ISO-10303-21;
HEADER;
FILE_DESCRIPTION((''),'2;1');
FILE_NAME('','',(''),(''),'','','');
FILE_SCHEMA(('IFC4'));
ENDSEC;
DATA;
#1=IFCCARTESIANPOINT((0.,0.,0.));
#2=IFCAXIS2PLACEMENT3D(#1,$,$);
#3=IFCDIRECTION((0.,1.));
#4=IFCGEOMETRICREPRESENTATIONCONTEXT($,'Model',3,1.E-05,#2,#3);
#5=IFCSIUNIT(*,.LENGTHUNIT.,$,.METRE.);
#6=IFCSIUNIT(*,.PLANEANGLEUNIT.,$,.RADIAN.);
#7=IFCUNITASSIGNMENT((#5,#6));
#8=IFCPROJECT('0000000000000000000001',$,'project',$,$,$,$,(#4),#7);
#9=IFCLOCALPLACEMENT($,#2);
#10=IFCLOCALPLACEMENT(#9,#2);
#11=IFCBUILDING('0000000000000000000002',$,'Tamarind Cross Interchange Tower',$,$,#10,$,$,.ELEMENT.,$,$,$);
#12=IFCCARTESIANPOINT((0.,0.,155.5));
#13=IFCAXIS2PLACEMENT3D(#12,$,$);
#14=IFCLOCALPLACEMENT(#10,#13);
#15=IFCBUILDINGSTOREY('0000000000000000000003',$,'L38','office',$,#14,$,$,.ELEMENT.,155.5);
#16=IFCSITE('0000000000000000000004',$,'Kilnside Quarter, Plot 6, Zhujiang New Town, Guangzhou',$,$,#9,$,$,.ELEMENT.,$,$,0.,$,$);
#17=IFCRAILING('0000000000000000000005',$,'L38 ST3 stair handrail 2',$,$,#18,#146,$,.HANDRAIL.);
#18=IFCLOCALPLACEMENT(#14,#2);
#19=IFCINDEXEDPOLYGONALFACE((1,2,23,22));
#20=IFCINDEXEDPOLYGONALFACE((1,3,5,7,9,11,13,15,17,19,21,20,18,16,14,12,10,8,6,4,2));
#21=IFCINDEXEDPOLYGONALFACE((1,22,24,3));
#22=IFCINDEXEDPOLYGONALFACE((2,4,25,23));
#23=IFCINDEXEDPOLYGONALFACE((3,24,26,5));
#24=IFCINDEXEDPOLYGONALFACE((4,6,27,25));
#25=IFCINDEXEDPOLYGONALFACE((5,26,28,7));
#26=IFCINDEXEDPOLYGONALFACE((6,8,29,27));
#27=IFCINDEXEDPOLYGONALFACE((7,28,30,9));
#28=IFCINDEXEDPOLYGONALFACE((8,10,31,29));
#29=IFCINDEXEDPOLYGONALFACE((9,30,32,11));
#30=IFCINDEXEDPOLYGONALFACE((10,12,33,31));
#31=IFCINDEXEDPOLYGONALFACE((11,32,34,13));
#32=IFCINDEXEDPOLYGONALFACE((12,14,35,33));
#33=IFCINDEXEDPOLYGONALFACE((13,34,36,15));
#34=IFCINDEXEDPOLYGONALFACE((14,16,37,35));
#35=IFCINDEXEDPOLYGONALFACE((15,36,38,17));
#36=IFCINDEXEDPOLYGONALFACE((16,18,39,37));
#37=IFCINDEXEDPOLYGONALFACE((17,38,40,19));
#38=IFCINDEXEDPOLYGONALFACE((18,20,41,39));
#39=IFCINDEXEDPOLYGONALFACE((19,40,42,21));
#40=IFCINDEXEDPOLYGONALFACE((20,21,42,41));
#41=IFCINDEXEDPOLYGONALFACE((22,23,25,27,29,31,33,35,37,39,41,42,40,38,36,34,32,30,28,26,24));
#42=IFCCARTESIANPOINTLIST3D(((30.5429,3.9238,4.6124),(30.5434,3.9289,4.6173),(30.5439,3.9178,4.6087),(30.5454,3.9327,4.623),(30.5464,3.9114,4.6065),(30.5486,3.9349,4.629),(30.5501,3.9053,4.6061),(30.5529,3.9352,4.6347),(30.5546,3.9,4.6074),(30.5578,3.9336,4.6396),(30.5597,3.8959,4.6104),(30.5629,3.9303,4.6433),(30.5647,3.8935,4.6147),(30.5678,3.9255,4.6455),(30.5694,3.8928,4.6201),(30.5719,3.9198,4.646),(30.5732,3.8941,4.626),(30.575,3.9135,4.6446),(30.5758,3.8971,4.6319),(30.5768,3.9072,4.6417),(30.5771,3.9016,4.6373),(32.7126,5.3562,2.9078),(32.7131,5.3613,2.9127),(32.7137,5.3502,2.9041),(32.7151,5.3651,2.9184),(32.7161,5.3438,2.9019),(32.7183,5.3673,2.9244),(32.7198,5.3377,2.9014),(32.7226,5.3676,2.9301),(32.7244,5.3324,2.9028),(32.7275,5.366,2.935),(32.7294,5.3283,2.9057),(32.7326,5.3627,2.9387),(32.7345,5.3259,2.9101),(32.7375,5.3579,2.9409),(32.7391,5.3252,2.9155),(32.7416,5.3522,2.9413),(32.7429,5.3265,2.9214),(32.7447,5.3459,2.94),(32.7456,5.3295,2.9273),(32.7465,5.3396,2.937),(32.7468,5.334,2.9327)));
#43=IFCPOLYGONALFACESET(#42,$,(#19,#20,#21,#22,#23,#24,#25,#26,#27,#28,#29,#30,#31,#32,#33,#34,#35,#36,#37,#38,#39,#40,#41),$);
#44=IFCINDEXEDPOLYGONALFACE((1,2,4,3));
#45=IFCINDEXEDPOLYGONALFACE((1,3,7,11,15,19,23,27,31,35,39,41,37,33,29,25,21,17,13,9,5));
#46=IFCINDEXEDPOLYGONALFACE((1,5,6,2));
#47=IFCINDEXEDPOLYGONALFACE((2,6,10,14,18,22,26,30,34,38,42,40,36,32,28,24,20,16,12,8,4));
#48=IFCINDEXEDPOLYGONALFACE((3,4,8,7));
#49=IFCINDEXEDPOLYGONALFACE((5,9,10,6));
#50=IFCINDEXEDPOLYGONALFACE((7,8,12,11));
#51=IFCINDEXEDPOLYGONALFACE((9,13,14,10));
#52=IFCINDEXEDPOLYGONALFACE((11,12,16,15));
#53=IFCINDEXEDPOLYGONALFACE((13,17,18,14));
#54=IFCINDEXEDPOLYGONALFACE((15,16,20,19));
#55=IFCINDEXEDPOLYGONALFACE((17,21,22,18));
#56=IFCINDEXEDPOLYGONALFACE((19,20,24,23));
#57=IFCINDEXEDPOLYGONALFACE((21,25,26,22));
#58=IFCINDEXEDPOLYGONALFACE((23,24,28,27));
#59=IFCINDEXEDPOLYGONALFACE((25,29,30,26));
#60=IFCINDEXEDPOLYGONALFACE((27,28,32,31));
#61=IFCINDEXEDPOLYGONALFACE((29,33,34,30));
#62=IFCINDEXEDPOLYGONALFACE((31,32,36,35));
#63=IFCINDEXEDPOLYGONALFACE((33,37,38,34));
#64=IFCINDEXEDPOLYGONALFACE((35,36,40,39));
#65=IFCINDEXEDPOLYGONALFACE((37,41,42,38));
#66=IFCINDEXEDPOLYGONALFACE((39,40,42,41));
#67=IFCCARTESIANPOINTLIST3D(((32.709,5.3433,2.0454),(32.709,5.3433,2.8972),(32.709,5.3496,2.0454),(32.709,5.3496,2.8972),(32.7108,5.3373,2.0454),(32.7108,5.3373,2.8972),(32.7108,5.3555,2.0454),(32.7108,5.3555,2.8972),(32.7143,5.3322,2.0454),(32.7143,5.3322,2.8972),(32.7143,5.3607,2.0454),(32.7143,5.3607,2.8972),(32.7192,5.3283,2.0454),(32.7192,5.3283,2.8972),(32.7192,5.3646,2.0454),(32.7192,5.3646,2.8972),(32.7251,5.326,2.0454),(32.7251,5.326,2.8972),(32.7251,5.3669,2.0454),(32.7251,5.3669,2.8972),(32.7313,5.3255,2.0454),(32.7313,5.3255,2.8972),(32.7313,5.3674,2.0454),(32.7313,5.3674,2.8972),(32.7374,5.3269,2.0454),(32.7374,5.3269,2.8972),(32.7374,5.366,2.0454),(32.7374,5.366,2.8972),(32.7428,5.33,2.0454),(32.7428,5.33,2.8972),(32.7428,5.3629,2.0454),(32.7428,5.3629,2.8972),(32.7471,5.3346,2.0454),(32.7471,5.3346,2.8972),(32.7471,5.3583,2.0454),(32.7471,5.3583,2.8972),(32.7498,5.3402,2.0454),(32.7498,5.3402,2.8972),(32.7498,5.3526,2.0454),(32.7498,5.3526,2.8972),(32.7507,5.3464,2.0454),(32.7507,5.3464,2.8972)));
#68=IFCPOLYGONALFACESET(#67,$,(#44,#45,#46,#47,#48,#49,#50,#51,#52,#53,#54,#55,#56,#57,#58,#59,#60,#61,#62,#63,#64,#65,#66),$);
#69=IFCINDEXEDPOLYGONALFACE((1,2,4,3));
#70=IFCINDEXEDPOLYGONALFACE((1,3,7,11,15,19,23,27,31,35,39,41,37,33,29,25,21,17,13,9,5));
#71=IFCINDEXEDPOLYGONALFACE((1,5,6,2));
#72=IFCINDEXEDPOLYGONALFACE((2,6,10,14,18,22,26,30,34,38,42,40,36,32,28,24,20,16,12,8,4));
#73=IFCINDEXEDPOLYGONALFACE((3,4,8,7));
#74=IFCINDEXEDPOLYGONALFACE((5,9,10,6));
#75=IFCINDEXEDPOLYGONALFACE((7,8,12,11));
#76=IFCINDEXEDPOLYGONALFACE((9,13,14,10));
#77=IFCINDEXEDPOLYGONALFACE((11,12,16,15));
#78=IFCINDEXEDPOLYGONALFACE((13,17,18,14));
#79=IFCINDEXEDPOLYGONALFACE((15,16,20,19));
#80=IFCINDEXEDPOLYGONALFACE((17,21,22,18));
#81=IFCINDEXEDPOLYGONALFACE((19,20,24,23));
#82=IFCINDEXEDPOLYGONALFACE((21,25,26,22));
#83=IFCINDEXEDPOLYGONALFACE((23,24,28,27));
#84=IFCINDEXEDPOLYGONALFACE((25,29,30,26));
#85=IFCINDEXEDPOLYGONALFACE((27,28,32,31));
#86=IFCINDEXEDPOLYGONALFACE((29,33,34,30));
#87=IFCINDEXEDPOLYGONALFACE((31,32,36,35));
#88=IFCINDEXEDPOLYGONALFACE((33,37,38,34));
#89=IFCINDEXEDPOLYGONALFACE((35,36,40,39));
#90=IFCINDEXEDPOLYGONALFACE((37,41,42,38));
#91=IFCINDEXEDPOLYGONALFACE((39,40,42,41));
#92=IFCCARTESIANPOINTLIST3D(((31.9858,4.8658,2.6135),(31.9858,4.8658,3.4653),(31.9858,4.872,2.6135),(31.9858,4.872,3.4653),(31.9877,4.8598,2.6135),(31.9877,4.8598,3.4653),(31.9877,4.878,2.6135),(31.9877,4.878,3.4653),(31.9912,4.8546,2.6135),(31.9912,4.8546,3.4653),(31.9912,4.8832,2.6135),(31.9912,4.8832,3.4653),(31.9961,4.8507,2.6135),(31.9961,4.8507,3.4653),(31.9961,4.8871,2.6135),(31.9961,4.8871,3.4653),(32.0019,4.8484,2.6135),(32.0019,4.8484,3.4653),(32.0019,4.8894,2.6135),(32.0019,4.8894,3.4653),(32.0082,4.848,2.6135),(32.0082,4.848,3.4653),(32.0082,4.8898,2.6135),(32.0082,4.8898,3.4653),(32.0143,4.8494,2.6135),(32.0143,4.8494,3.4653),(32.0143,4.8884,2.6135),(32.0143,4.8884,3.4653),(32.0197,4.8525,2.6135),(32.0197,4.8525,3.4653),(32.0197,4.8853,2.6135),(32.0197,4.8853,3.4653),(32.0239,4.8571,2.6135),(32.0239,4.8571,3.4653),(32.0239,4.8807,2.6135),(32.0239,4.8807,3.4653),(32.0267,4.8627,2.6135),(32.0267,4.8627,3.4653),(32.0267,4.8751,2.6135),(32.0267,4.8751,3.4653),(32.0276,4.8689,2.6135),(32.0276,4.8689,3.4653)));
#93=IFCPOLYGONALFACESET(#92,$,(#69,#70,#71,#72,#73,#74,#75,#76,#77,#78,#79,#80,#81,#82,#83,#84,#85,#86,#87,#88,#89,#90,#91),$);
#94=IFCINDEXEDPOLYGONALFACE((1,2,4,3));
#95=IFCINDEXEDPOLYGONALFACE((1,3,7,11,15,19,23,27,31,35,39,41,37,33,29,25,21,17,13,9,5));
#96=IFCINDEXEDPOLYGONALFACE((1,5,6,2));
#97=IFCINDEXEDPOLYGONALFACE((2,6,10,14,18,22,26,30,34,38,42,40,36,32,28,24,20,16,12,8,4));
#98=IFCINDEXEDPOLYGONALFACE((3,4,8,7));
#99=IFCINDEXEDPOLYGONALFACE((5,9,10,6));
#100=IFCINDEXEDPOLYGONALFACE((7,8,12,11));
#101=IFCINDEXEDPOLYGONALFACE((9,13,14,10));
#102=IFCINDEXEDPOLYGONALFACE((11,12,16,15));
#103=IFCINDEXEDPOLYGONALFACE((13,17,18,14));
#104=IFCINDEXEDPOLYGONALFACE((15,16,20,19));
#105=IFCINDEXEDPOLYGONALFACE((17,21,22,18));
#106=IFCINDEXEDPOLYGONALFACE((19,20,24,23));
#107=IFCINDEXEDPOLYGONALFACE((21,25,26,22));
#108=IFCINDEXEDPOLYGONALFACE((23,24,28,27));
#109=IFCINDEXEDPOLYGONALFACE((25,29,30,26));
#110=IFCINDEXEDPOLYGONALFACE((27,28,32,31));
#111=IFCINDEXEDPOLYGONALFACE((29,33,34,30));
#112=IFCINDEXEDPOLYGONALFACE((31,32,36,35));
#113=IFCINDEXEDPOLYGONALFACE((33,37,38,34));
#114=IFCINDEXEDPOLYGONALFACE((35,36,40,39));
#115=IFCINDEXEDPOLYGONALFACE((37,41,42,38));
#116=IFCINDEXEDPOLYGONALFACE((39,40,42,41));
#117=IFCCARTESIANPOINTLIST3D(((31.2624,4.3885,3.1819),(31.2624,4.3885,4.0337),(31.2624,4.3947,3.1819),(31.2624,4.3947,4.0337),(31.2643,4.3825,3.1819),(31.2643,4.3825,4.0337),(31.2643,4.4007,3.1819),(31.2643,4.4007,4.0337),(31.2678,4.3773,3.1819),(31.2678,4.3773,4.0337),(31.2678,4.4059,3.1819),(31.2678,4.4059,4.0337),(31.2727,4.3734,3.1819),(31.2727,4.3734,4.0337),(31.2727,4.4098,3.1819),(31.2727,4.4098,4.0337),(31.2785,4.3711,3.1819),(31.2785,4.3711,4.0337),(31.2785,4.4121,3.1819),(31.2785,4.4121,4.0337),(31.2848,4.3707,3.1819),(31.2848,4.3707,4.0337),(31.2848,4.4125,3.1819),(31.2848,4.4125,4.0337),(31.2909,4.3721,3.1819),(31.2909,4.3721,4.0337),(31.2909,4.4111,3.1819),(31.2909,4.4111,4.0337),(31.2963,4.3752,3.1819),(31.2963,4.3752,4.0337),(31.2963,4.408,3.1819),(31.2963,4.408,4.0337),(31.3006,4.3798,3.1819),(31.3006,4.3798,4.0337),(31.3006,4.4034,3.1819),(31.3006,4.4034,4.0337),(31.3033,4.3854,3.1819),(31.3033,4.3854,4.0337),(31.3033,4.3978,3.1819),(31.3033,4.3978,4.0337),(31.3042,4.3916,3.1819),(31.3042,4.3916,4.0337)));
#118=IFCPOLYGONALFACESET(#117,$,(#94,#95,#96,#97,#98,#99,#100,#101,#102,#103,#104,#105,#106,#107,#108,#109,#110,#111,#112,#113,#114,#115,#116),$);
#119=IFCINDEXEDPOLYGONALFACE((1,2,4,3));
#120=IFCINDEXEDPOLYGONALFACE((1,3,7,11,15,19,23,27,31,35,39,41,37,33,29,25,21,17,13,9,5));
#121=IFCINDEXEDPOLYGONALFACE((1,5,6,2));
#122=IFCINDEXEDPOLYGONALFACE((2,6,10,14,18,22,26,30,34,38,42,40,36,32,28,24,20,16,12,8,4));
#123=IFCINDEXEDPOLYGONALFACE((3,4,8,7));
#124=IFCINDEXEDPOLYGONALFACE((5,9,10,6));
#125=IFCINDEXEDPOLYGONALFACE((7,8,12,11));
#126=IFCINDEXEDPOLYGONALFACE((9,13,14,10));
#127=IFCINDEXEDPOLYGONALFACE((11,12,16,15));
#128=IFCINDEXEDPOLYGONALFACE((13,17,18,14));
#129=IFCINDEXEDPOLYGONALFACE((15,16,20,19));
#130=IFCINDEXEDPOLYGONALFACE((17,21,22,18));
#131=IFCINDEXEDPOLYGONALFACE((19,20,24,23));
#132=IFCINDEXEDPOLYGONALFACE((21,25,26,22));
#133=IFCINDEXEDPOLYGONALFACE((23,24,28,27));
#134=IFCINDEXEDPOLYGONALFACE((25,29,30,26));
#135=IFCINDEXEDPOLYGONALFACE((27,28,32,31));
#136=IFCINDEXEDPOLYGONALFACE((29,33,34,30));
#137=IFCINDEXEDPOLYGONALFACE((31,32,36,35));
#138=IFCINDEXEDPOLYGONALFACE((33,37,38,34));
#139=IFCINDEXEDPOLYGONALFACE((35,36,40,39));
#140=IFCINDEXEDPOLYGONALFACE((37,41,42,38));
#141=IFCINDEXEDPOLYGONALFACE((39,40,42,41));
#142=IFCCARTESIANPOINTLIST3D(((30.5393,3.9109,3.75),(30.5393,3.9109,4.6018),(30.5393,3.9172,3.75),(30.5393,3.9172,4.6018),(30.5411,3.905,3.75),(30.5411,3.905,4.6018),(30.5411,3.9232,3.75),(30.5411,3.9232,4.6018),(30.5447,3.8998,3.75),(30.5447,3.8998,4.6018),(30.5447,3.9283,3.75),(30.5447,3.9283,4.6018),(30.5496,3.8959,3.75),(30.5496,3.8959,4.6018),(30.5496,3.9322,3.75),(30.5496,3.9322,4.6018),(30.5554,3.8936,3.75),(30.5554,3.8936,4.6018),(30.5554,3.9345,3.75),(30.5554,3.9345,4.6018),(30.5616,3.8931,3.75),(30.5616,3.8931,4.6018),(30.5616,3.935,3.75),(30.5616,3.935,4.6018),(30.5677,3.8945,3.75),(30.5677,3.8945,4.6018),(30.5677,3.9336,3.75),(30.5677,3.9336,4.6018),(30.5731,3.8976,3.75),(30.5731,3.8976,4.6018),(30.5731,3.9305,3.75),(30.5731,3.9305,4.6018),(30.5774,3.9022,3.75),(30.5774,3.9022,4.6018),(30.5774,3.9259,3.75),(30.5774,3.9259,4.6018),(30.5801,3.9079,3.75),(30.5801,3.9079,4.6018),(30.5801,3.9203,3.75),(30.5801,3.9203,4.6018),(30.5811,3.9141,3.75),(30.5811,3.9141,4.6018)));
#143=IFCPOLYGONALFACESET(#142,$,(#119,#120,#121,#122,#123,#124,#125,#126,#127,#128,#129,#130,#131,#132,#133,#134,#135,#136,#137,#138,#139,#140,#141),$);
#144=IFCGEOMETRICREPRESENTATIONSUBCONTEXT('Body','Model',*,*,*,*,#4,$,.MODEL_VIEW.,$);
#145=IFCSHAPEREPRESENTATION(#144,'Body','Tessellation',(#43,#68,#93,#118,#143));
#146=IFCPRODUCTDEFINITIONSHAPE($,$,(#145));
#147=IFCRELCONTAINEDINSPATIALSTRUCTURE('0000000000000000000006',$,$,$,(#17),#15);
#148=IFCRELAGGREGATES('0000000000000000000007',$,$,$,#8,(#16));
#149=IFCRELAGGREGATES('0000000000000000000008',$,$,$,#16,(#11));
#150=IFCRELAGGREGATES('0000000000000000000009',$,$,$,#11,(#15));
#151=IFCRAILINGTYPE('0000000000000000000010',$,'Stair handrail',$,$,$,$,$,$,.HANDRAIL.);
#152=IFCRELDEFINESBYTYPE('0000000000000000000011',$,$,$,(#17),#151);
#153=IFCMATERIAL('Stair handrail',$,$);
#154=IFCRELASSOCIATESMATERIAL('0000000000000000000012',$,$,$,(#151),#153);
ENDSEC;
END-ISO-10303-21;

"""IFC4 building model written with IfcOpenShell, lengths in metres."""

from ifc_helpers import new_model, si_unit, direction, frame, origin, origin_2d, place, context, subcontext, project, spatial, circle, extrude, material, type_object, element, save


model = new_model("IFC4")

# Units and contexts
model_context = context("Model", 3, precision=1e-05, world=origin(), true_north=direction((0.0, 1.0)))
body_context = subcontext(model_context, "Body", "Model", "MODEL_VIEW")
ifc_project = project(units=[si_unit("LENGTHUNIT", "METRE"), si_unit("PLANEANGLEUNIT", "RADIAN")], contexts=[model_context])

# Site, building, storey
site_placement = place(None, origin())
site = spatial("IfcSite", under=ifc_project, at=site_placement, Name="Kilnside Quarter, Plot 6, Zhujiang New Town, Guangzhou", CompositionType="ELEMENT", RefElevation=0.0)
building_placement = place(site_placement, origin())
building = spatial("IfcBuilding", under=site, at=building_placement, Name="Tamarind Cross Interchange Tower", CompositionType="ELEMENT")
storey_placement = place(building_placement, frame((0.0, 0.0, 155.5)))
storey = spatial("IfcBuildingStorey", under=building, at=storey_placement, Name="L38", Description="office", CompositionType="ELEMENT", Elevation=155.5)

# Railing
ifc_material_1 = material(Name="Stair handrail")
railing_type_1 = type_object("IfcRailingType", Name="Stair handrail", PredefinedType="HANDRAIL", material=ifc_material_1)
railing_1_placement = place(storey_placement, frame((32.7297, 5.3464, 2.0454)))
element("IfcRailing", 1, at=railing_1_placement, inside=storey, type_object=railing_type_1, Name="L38 ST3 stair handrail 2", PredefinedType="HANDRAIL", context=body_context, shape_type="SweptSolid", body=[
    extrude(circle(Radius=0.0239, at=origin_2d()), frame((0.0, 0.0, 0.876), z_axis=(-0.697908, -0.460744, 0.548306), x_axis=(0.550946, -0.834541, 0.0)), (0.0, 0.0, 1.0), 3.1089),
    extrude(circle(Radius=0.021, at=origin_2d()), origin(), (0.0, 0.0, 1.0), 0.8518),
    extrude(circle(Radius=0.021, at=origin_2d()), frame((-0.7231, -0.4775, 0.5681)), (0.0, 0.0, 1.0), 0.8518),
    extrude(circle(Radius=0.021, at=origin_2d()), frame((-1.4465, -0.9548, 1.1365)), (0.0, 0.0, 1.0), 0.8518),
    extrude(circle(Radius=0.021, at=origin_2d()), frame((-2.1697, -1.4324, 1.7046)), (0.0, 0.0, 1.0), 0.8518),
])

save(model, "model.ifc")
